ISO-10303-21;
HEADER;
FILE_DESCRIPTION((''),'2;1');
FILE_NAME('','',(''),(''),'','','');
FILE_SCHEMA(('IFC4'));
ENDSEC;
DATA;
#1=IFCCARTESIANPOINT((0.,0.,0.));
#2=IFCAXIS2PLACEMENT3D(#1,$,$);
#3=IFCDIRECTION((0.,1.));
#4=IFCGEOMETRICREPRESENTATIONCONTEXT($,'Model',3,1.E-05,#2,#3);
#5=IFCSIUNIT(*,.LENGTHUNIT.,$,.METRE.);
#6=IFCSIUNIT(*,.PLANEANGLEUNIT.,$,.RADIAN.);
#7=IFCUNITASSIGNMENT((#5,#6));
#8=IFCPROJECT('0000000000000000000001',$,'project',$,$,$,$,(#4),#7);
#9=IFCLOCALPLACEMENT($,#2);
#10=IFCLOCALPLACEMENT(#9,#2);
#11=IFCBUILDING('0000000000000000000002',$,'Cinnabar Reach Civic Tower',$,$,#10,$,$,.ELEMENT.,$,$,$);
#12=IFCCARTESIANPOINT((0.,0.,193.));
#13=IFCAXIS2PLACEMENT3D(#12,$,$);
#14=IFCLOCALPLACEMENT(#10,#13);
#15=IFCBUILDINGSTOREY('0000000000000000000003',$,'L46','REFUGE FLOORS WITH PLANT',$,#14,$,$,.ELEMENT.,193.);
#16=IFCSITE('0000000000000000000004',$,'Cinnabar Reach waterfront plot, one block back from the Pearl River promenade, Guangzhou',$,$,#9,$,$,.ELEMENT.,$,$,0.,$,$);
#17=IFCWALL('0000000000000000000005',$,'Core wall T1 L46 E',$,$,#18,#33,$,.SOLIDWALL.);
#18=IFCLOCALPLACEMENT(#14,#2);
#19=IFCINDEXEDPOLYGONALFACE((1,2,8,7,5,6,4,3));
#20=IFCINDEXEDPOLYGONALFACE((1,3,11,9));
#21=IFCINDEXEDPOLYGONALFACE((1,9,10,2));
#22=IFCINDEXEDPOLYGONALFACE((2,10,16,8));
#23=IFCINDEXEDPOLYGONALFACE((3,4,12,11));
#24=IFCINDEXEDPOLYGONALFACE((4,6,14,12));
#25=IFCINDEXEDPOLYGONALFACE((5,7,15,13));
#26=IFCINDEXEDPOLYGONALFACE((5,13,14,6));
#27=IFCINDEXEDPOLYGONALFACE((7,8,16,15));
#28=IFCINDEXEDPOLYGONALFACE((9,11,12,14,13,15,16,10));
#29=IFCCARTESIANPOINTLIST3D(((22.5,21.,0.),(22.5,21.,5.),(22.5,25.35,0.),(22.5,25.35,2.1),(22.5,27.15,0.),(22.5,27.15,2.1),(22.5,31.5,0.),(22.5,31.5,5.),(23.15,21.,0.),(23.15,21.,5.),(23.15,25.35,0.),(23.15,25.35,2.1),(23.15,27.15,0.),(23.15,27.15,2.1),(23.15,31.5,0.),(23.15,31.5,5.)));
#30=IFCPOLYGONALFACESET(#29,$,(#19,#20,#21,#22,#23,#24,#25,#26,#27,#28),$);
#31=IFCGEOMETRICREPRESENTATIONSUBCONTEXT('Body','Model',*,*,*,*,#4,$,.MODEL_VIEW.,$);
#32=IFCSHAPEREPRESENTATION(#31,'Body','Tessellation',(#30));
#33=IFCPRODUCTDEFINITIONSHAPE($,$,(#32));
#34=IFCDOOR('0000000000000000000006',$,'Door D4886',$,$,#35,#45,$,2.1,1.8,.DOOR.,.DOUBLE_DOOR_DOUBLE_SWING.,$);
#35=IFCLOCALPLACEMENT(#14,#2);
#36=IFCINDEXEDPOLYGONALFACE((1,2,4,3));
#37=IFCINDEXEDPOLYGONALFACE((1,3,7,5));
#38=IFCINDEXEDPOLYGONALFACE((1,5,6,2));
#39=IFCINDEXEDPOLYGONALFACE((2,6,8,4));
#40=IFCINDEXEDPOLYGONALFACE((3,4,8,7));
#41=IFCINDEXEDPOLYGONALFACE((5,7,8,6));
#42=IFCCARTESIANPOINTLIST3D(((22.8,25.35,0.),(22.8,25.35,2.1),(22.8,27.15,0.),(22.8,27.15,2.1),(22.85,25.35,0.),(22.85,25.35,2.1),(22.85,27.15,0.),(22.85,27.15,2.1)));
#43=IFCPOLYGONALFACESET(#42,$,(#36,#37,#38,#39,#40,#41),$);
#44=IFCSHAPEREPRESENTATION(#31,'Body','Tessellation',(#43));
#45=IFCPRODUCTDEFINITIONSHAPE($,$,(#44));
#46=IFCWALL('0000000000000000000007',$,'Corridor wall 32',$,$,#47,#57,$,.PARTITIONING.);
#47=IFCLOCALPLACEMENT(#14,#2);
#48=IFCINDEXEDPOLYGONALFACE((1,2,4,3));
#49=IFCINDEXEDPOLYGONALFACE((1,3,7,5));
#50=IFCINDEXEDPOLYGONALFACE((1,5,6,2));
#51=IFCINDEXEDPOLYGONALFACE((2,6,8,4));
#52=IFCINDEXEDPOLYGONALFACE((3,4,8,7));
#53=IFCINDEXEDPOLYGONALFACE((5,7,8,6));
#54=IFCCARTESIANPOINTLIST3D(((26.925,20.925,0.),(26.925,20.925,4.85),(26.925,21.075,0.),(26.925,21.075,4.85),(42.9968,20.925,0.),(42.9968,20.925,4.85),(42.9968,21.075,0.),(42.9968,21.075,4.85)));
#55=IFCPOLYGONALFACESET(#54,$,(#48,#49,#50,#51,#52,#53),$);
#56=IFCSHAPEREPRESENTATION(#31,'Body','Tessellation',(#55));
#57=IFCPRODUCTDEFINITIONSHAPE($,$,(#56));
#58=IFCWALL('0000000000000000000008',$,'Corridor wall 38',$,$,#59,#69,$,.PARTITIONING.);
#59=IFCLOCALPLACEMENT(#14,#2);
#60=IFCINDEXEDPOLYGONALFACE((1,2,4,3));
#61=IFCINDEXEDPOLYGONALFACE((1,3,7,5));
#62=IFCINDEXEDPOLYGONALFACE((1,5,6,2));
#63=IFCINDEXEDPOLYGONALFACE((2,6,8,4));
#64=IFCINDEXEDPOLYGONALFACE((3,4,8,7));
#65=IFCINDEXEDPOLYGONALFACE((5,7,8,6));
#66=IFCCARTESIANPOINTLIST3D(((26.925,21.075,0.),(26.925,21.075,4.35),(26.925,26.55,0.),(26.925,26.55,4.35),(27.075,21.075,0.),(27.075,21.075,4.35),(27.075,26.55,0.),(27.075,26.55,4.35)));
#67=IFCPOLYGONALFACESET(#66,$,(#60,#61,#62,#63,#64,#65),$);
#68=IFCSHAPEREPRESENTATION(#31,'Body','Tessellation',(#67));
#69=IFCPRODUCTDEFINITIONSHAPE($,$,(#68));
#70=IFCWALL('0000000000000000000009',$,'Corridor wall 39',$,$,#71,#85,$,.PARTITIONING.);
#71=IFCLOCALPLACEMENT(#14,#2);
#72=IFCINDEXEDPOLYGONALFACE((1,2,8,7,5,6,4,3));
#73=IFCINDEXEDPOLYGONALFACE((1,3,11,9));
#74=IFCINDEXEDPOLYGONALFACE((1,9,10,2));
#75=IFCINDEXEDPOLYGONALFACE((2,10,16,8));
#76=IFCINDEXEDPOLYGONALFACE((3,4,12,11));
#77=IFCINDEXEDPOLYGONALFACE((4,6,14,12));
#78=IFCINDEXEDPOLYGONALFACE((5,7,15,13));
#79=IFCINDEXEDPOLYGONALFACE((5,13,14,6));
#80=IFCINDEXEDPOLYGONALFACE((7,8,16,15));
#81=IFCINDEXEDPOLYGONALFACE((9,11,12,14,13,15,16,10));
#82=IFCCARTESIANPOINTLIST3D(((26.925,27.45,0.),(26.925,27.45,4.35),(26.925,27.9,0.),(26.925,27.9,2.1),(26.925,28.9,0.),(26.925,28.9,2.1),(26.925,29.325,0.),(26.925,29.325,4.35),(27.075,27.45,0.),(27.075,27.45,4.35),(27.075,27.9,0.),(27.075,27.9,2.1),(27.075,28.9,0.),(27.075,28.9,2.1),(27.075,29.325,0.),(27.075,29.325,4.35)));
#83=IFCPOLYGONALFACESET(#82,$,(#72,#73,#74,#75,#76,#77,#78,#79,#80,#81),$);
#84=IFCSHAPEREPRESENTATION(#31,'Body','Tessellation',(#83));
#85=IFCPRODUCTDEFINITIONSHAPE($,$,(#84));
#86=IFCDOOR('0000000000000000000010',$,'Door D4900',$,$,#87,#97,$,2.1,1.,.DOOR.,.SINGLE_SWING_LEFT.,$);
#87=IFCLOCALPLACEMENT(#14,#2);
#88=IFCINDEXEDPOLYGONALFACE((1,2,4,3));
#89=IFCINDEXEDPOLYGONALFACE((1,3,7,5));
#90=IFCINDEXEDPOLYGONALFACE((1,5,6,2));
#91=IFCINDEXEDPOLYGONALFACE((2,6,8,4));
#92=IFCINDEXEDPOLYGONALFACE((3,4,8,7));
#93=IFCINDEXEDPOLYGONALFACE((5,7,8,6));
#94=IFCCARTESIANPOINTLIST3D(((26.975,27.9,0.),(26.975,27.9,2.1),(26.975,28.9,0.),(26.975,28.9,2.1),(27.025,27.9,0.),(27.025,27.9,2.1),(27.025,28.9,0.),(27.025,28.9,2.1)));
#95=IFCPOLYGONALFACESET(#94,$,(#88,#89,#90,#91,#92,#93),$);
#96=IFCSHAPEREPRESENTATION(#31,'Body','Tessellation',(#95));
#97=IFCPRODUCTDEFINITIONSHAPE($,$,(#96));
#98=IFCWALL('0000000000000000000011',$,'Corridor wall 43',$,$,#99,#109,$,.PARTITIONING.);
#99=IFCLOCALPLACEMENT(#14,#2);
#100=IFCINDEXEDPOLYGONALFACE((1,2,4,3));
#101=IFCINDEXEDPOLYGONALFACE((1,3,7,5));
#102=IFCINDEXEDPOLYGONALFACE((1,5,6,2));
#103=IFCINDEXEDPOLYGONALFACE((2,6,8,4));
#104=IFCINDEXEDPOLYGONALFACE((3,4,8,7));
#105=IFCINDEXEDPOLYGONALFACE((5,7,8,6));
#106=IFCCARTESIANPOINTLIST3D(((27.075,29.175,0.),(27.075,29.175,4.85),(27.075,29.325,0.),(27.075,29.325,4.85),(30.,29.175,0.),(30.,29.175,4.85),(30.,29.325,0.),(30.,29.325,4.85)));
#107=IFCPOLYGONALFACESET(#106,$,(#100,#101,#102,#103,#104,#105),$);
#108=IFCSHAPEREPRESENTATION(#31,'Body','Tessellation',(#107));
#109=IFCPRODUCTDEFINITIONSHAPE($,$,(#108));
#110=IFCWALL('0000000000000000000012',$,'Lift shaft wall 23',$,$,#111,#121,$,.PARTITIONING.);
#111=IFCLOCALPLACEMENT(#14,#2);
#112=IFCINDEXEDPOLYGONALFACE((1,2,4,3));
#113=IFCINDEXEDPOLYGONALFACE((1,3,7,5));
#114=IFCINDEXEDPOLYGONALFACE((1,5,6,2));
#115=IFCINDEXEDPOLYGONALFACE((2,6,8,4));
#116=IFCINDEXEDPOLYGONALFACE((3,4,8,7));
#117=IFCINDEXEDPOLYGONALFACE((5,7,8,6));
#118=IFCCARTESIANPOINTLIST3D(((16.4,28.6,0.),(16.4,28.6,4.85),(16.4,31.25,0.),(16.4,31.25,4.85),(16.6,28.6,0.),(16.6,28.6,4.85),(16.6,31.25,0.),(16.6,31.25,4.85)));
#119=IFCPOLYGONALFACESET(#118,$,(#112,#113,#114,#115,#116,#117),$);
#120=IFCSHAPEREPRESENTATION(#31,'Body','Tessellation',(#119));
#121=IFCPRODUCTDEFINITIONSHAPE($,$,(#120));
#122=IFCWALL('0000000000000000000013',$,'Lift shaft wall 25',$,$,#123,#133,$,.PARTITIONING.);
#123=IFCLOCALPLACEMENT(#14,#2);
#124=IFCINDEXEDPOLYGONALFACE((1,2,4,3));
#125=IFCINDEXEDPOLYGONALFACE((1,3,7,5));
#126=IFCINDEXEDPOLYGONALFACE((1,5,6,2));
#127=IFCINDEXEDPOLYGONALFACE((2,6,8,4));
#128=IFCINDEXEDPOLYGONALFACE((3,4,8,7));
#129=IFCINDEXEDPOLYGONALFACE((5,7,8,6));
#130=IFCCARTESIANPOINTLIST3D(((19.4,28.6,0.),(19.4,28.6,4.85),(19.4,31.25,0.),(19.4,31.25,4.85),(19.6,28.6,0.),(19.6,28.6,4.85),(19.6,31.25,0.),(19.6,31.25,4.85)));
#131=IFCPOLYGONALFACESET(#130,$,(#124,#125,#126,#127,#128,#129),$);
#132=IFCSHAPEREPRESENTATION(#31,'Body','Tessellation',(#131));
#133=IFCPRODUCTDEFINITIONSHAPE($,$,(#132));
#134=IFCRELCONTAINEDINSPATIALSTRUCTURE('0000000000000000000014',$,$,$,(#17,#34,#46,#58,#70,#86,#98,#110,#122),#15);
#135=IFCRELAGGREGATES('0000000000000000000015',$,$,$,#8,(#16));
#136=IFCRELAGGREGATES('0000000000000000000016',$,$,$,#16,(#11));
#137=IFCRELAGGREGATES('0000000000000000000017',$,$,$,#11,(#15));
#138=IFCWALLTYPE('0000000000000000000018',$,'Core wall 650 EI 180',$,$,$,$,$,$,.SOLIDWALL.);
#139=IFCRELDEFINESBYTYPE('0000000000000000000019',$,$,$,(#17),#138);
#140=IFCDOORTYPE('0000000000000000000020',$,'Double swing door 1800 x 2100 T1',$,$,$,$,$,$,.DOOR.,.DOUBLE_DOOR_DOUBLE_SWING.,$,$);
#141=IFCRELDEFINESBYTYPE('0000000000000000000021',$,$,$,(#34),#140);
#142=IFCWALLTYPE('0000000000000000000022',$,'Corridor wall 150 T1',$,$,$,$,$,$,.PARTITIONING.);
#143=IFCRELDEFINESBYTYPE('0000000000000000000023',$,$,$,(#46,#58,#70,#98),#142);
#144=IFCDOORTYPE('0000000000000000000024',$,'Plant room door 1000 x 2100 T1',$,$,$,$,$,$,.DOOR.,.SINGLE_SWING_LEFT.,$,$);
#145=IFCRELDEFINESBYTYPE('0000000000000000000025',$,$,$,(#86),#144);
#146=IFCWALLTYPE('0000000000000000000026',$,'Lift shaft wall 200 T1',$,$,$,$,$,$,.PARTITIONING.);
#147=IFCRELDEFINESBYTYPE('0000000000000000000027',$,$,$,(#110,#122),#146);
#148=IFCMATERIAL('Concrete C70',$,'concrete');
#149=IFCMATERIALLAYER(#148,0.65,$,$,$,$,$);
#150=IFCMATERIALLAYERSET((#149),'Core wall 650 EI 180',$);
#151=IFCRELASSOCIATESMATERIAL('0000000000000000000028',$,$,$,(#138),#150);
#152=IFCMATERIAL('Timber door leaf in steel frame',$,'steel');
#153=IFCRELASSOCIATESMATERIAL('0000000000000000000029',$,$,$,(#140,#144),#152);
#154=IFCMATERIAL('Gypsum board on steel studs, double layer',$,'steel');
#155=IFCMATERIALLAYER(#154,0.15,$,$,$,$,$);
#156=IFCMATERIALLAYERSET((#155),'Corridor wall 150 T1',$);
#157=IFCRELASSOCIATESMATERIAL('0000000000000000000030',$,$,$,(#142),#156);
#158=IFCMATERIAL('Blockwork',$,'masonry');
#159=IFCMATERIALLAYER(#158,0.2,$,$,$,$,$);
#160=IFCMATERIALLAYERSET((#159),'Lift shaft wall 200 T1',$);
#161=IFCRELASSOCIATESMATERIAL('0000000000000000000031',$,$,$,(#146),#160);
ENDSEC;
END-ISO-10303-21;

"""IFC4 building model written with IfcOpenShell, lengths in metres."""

from ifc_helpers import new_model, si_unit, direction, frame, frame_2d, origin, place, context, subcontext, project, spatial, rectangle, extrude, material, layer, layer_set, type_object, element, fill, save


model = new_model("IFC4")

# Units and contexts
model_context = context("Model", 3, precision=1e-05, world=origin(), true_north=direction((0.0, 1.0)))
body_context = subcontext(model_context, "Body", "Model", "MODEL_VIEW")
ifc_project = project(units=[si_unit("LENGTHUNIT", "METRE"), si_unit("PLANEANGLEUNIT", "RADIAN")], contexts=[model_context])

# Site, building, storey
site_placement = place(None, origin())
site = spatial("IfcSite", under=ifc_project, at=site_placement, Name="Cinnabar Reach waterfront plot, one block back from the Pearl River promenade, Guangzhou", CompositionType="ELEMENT", RefElevation=0.0)
building_placement = place(site_placement, origin())
building = spatial("IfcBuilding", under=site, at=building_placement, Name="Cinnabar Reach Civic Tower", CompositionType="ELEMENT")
storey_placement = place(building_placement, frame((0.0, 0.0, 193.0)))
storey = spatial("IfcBuildingStorey", under=building, at=storey_placement, Name="L46", Description="REFUGE FLOORS WITH PLANT", CompositionType="ELEMENT", Elevation=193.0)

# Shared definitions
ifc_material_1 = material(Name="Concrete C70", Category="concrete")

# Wall, opening, door
ifc_layer_1 = layer(ifc_material_1, 0.65)
ifc_layer_set_1 = layer_set([ifc_layer_1], Name="Core wall 650 EI 180")
wall_type_1 = type_object("IfcWallType", Name="Core wall 650 EI 180", PredefinedType="SOLIDWALL", material=ifc_layer_set_1)
wall_1_placement = place(storey_placement, frame((22.825, 21.0, 0.0), z_axis=(0.0, 0.0, 1.0), x_axis=(0.0, 1.0, 0.0)))
wall_1 = element("IfcWall", 1, at=wall_1_placement, inside=storey, type_object=wall_type_1, Name="Core wall T1 L46 E", PredefinedType="SOLIDWALL", context=body_context, shape_type="SweptSolid", body=[
    extrude(rectangle(XDim=10.5, YDim=0.65, at=frame_2d((5.25, 0.0))), origin(), (0.0, 0.0, 1.0), 5.0),
])
opening_1_placement = place(wall_1_placement, frame((4.35, 0.0, 0.0)))
opening_1 = element("IfcOpeningElement", 2, at=opening_1_placement, cuts=wall_1, PredefinedType="OPENING", context=body_context, shape_type="SweptSolid", body=[
    extrude(rectangle(XDim=1.8, YDim=2.1, at=frame_2d((0.9, 1.05))), frame((0.0, 0.335, 0.0), z_axis=(0.0, -1.0, 0.0), x_axis=(1.0, 0.0, 0.0)), (0.0, 0.0, 1.0), 0.67),
])
ifc_material_2 = material(Name="Timber door leaf in steel frame", Category="steel")
door_type_1 = type_object("IfcDoorType", Name="Double swing door 1800 x 2100 T1", OperationType="DOUBLE_DOOR_DOUBLE_SWING", PredefinedType="DOOR", material=ifc_material_2)
door_1_placement = place(opening_1_placement, origin())
door_1 = element("IfcDoor", 3, at=door_1_placement, inside=storey, type_object=door_type_1, Name="Door D4886", OperationType="DOUBLE_DOOR_DOUBLE_SWING", OverallHeight=2.1, OverallWidth=1.8, PredefinedType="DOOR", context=body_context, shape_type="SweptSolid", body=[
    extrude(rectangle(XDim=1.8, YDim=2.1, at=frame_2d((0.9, 1.05))), frame((0.0, 0.025, 0.0), z_axis=(0.0, -1.0, 0.0), x_axis=(1.0, 0.0, 0.0)), (0.0, 0.0, 1.0), 0.05),
])
fill(opening_1, door_1)

# Walls
ifc_material_3 = material(Name="Gypsum board on steel studs, double layer", Category="steel")
ifc_layer_2 = layer(ifc_material_3, 0.15)
ifc_layer_set_2 = layer_set([ifc_layer_2], Name="Corridor wall 150 T1")
wall_type_2 = type_object("IfcWallType", Name="Corridor wall 150 T1", PredefinedType="PARTITIONING", material=ifc_layer_set_2)
wall_2_placement = place(storey_placement, frame((26.925, 21.0, 0.0), z_axis=(0.0, 0.0, 1.0), x_axis=(1.0, 0.0, 0.0)))
element("IfcWall", 4, at=wall_2_placement, inside=storey, type_object=wall_type_2, Name="Corridor wall 32", PredefinedType="PARTITIONING", context=body_context, shape_type="SweptSolid", body=[
    extrude(rectangle(XDim=16.0719, YDim=0.15, at=frame_2d((8.0359, 0.0))), origin(), (0.0, 0.0, 1.0), 4.85),
])
wall_3_placement = place(storey_placement, frame((27.0, 21.075, 0.0), z_axis=(0.0, 0.0, 1.0), x_axis=(0.0, 1.0, 0.0)))
element("IfcWall", 5, at=wall_3_placement, inside=storey, type_object=wall_type_2, Name="Corridor wall 38", PredefinedType="PARTITIONING", context=body_context, shape_type="SweptSolid", body=[
    extrude(rectangle(XDim=5.475, YDim=0.15, at=frame_2d((2.7375, 0.0))), origin(), (0.0, 0.0, 1.0), 4.35),
])

# Wall, opening, door
wall_4_placement = place(storey_placement, frame((27.0, 27.45, 0.0), z_axis=(0.0, 0.0, 1.0), x_axis=(0.0, 1.0, 0.0)))
wall_4 = element("IfcWall", 6, at=wall_4_placement, inside=storey, type_object=wall_type_2, Name="Corridor wall 39", PredefinedType="PARTITIONING", context=body_context, shape_type="SweptSolid", body=[
    extrude(rectangle(XDim=1.875, YDim=0.15, at=frame_2d((0.9375, 0.0))), origin(), (0.0, 0.0, 1.0), 4.35),
])
opening_2_placement = place(wall_4_placement, frame((0.45, 0.0, 0.0)))
opening_2 = element("IfcOpeningElement", 7, at=opening_2_placement, cuts=wall_4, PredefinedType="OPENING", context=body_context, shape_type="SweptSolid", body=[
    extrude(rectangle(XDim=1.0, YDim=2.1, at=frame_2d((0.5, 1.05))), frame((0.0, 0.085, 0.0), z_axis=(0.0, -1.0, 0.0), x_axis=(1.0, 0.0, 0.0)), (0.0, 0.0, 1.0), 0.17),
])
door_type_2 = type_object("IfcDoorType", Name="Plant room door 1000 x 2100 T1", OperationType="SINGLE_SWING_LEFT", PredefinedType="DOOR", material=ifc_material_2)
door_2_placement = place(opening_2_placement, frame((1.0, 0.0, 0.0), z_axis=(0.0, 0.0, 1.0), x_axis=(-1.0, 0.0, 0.0)))
door_2 = element("IfcDoor", 8, at=door_2_placement, inside=storey, type_object=door_type_2, Name="Door D4900", OperationType="SINGLE_SWING_LEFT", OverallHeight=2.1, OverallWidth=1.0, PredefinedType="DOOR", context=body_context, shape_type="SweptSolid", body=[
    extrude(rectangle(XDim=1.0, YDim=2.1, at=frame_2d((0.5, 1.05))), frame((0.0, 0.025, 0.0), z_axis=(0.0, -1.0, 0.0), x_axis=(1.0, 0.0, 0.0)), (0.0, 0.0, 1.0), 0.05),
])
fill(opening_2, door_2)

# Walls
wall_5_placement = place(storey_placement, frame((27.075, 29.25, 0.0), z_axis=(0.0, 0.0, 1.0), x_axis=(1.0, 0.0, 0.0)))
element("IfcWall", 9, at=wall_5_placement, inside=storey, type_object=wall_type_2, Name="Corridor wall 43", PredefinedType="PARTITIONING", context=body_context, shape_type="SweptSolid", body=[
    extrude(rectangle(XDim=2.925, YDim=0.15, at=frame_2d((1.4625, 0.0))), origin(), (0.0, 0.0, 1.0), 4.85),
])
ifc_material_4 = material(Name="Blockwork", Category="masonry")
ifc_layer_3 = layer(ifc_material_4, 0.2)
ifc_layer_set_3 = layer_set([ifc_layer_3], Name="Lift shaft wall 200 T1")
wall_type_3 = type_object("IfcWallType", Name="Lift shaft wall 200 T1", PredefinedType="PARTITIONING", material=ifc_layer_set_3)
for number, where, z_axis, x_axis, name in (
    (10, (16.5, 28.6, 0.0), (0.0, 0.0, 1.0), (0.0, 1.0, 0.0), "Lift shaft wall 23"),
    (11, (19.5, 28.6, 0.0), (0.0, 0.0, 1.0), (0.0, 1.0, 0.0), "Lift shaft wall 25"),
):
    element("IfcWall", number, at=place(storey_placement, frame(where, z_axis=z_axis, x_axis=x_axis)), inside=storey, type_object=wall_type_3, Name=name, PredefinedType="PARTITIONING", context=body_context, shape_type="SweptSolid", body=[
        extrude(rectangle(XDim=2.65, YDim=0.2, at=frame_2d((1.325, 0.0))), origin(), (0.0, 0.0, 1.0), 4.85),
    ])

save(model, "model.ifc")
